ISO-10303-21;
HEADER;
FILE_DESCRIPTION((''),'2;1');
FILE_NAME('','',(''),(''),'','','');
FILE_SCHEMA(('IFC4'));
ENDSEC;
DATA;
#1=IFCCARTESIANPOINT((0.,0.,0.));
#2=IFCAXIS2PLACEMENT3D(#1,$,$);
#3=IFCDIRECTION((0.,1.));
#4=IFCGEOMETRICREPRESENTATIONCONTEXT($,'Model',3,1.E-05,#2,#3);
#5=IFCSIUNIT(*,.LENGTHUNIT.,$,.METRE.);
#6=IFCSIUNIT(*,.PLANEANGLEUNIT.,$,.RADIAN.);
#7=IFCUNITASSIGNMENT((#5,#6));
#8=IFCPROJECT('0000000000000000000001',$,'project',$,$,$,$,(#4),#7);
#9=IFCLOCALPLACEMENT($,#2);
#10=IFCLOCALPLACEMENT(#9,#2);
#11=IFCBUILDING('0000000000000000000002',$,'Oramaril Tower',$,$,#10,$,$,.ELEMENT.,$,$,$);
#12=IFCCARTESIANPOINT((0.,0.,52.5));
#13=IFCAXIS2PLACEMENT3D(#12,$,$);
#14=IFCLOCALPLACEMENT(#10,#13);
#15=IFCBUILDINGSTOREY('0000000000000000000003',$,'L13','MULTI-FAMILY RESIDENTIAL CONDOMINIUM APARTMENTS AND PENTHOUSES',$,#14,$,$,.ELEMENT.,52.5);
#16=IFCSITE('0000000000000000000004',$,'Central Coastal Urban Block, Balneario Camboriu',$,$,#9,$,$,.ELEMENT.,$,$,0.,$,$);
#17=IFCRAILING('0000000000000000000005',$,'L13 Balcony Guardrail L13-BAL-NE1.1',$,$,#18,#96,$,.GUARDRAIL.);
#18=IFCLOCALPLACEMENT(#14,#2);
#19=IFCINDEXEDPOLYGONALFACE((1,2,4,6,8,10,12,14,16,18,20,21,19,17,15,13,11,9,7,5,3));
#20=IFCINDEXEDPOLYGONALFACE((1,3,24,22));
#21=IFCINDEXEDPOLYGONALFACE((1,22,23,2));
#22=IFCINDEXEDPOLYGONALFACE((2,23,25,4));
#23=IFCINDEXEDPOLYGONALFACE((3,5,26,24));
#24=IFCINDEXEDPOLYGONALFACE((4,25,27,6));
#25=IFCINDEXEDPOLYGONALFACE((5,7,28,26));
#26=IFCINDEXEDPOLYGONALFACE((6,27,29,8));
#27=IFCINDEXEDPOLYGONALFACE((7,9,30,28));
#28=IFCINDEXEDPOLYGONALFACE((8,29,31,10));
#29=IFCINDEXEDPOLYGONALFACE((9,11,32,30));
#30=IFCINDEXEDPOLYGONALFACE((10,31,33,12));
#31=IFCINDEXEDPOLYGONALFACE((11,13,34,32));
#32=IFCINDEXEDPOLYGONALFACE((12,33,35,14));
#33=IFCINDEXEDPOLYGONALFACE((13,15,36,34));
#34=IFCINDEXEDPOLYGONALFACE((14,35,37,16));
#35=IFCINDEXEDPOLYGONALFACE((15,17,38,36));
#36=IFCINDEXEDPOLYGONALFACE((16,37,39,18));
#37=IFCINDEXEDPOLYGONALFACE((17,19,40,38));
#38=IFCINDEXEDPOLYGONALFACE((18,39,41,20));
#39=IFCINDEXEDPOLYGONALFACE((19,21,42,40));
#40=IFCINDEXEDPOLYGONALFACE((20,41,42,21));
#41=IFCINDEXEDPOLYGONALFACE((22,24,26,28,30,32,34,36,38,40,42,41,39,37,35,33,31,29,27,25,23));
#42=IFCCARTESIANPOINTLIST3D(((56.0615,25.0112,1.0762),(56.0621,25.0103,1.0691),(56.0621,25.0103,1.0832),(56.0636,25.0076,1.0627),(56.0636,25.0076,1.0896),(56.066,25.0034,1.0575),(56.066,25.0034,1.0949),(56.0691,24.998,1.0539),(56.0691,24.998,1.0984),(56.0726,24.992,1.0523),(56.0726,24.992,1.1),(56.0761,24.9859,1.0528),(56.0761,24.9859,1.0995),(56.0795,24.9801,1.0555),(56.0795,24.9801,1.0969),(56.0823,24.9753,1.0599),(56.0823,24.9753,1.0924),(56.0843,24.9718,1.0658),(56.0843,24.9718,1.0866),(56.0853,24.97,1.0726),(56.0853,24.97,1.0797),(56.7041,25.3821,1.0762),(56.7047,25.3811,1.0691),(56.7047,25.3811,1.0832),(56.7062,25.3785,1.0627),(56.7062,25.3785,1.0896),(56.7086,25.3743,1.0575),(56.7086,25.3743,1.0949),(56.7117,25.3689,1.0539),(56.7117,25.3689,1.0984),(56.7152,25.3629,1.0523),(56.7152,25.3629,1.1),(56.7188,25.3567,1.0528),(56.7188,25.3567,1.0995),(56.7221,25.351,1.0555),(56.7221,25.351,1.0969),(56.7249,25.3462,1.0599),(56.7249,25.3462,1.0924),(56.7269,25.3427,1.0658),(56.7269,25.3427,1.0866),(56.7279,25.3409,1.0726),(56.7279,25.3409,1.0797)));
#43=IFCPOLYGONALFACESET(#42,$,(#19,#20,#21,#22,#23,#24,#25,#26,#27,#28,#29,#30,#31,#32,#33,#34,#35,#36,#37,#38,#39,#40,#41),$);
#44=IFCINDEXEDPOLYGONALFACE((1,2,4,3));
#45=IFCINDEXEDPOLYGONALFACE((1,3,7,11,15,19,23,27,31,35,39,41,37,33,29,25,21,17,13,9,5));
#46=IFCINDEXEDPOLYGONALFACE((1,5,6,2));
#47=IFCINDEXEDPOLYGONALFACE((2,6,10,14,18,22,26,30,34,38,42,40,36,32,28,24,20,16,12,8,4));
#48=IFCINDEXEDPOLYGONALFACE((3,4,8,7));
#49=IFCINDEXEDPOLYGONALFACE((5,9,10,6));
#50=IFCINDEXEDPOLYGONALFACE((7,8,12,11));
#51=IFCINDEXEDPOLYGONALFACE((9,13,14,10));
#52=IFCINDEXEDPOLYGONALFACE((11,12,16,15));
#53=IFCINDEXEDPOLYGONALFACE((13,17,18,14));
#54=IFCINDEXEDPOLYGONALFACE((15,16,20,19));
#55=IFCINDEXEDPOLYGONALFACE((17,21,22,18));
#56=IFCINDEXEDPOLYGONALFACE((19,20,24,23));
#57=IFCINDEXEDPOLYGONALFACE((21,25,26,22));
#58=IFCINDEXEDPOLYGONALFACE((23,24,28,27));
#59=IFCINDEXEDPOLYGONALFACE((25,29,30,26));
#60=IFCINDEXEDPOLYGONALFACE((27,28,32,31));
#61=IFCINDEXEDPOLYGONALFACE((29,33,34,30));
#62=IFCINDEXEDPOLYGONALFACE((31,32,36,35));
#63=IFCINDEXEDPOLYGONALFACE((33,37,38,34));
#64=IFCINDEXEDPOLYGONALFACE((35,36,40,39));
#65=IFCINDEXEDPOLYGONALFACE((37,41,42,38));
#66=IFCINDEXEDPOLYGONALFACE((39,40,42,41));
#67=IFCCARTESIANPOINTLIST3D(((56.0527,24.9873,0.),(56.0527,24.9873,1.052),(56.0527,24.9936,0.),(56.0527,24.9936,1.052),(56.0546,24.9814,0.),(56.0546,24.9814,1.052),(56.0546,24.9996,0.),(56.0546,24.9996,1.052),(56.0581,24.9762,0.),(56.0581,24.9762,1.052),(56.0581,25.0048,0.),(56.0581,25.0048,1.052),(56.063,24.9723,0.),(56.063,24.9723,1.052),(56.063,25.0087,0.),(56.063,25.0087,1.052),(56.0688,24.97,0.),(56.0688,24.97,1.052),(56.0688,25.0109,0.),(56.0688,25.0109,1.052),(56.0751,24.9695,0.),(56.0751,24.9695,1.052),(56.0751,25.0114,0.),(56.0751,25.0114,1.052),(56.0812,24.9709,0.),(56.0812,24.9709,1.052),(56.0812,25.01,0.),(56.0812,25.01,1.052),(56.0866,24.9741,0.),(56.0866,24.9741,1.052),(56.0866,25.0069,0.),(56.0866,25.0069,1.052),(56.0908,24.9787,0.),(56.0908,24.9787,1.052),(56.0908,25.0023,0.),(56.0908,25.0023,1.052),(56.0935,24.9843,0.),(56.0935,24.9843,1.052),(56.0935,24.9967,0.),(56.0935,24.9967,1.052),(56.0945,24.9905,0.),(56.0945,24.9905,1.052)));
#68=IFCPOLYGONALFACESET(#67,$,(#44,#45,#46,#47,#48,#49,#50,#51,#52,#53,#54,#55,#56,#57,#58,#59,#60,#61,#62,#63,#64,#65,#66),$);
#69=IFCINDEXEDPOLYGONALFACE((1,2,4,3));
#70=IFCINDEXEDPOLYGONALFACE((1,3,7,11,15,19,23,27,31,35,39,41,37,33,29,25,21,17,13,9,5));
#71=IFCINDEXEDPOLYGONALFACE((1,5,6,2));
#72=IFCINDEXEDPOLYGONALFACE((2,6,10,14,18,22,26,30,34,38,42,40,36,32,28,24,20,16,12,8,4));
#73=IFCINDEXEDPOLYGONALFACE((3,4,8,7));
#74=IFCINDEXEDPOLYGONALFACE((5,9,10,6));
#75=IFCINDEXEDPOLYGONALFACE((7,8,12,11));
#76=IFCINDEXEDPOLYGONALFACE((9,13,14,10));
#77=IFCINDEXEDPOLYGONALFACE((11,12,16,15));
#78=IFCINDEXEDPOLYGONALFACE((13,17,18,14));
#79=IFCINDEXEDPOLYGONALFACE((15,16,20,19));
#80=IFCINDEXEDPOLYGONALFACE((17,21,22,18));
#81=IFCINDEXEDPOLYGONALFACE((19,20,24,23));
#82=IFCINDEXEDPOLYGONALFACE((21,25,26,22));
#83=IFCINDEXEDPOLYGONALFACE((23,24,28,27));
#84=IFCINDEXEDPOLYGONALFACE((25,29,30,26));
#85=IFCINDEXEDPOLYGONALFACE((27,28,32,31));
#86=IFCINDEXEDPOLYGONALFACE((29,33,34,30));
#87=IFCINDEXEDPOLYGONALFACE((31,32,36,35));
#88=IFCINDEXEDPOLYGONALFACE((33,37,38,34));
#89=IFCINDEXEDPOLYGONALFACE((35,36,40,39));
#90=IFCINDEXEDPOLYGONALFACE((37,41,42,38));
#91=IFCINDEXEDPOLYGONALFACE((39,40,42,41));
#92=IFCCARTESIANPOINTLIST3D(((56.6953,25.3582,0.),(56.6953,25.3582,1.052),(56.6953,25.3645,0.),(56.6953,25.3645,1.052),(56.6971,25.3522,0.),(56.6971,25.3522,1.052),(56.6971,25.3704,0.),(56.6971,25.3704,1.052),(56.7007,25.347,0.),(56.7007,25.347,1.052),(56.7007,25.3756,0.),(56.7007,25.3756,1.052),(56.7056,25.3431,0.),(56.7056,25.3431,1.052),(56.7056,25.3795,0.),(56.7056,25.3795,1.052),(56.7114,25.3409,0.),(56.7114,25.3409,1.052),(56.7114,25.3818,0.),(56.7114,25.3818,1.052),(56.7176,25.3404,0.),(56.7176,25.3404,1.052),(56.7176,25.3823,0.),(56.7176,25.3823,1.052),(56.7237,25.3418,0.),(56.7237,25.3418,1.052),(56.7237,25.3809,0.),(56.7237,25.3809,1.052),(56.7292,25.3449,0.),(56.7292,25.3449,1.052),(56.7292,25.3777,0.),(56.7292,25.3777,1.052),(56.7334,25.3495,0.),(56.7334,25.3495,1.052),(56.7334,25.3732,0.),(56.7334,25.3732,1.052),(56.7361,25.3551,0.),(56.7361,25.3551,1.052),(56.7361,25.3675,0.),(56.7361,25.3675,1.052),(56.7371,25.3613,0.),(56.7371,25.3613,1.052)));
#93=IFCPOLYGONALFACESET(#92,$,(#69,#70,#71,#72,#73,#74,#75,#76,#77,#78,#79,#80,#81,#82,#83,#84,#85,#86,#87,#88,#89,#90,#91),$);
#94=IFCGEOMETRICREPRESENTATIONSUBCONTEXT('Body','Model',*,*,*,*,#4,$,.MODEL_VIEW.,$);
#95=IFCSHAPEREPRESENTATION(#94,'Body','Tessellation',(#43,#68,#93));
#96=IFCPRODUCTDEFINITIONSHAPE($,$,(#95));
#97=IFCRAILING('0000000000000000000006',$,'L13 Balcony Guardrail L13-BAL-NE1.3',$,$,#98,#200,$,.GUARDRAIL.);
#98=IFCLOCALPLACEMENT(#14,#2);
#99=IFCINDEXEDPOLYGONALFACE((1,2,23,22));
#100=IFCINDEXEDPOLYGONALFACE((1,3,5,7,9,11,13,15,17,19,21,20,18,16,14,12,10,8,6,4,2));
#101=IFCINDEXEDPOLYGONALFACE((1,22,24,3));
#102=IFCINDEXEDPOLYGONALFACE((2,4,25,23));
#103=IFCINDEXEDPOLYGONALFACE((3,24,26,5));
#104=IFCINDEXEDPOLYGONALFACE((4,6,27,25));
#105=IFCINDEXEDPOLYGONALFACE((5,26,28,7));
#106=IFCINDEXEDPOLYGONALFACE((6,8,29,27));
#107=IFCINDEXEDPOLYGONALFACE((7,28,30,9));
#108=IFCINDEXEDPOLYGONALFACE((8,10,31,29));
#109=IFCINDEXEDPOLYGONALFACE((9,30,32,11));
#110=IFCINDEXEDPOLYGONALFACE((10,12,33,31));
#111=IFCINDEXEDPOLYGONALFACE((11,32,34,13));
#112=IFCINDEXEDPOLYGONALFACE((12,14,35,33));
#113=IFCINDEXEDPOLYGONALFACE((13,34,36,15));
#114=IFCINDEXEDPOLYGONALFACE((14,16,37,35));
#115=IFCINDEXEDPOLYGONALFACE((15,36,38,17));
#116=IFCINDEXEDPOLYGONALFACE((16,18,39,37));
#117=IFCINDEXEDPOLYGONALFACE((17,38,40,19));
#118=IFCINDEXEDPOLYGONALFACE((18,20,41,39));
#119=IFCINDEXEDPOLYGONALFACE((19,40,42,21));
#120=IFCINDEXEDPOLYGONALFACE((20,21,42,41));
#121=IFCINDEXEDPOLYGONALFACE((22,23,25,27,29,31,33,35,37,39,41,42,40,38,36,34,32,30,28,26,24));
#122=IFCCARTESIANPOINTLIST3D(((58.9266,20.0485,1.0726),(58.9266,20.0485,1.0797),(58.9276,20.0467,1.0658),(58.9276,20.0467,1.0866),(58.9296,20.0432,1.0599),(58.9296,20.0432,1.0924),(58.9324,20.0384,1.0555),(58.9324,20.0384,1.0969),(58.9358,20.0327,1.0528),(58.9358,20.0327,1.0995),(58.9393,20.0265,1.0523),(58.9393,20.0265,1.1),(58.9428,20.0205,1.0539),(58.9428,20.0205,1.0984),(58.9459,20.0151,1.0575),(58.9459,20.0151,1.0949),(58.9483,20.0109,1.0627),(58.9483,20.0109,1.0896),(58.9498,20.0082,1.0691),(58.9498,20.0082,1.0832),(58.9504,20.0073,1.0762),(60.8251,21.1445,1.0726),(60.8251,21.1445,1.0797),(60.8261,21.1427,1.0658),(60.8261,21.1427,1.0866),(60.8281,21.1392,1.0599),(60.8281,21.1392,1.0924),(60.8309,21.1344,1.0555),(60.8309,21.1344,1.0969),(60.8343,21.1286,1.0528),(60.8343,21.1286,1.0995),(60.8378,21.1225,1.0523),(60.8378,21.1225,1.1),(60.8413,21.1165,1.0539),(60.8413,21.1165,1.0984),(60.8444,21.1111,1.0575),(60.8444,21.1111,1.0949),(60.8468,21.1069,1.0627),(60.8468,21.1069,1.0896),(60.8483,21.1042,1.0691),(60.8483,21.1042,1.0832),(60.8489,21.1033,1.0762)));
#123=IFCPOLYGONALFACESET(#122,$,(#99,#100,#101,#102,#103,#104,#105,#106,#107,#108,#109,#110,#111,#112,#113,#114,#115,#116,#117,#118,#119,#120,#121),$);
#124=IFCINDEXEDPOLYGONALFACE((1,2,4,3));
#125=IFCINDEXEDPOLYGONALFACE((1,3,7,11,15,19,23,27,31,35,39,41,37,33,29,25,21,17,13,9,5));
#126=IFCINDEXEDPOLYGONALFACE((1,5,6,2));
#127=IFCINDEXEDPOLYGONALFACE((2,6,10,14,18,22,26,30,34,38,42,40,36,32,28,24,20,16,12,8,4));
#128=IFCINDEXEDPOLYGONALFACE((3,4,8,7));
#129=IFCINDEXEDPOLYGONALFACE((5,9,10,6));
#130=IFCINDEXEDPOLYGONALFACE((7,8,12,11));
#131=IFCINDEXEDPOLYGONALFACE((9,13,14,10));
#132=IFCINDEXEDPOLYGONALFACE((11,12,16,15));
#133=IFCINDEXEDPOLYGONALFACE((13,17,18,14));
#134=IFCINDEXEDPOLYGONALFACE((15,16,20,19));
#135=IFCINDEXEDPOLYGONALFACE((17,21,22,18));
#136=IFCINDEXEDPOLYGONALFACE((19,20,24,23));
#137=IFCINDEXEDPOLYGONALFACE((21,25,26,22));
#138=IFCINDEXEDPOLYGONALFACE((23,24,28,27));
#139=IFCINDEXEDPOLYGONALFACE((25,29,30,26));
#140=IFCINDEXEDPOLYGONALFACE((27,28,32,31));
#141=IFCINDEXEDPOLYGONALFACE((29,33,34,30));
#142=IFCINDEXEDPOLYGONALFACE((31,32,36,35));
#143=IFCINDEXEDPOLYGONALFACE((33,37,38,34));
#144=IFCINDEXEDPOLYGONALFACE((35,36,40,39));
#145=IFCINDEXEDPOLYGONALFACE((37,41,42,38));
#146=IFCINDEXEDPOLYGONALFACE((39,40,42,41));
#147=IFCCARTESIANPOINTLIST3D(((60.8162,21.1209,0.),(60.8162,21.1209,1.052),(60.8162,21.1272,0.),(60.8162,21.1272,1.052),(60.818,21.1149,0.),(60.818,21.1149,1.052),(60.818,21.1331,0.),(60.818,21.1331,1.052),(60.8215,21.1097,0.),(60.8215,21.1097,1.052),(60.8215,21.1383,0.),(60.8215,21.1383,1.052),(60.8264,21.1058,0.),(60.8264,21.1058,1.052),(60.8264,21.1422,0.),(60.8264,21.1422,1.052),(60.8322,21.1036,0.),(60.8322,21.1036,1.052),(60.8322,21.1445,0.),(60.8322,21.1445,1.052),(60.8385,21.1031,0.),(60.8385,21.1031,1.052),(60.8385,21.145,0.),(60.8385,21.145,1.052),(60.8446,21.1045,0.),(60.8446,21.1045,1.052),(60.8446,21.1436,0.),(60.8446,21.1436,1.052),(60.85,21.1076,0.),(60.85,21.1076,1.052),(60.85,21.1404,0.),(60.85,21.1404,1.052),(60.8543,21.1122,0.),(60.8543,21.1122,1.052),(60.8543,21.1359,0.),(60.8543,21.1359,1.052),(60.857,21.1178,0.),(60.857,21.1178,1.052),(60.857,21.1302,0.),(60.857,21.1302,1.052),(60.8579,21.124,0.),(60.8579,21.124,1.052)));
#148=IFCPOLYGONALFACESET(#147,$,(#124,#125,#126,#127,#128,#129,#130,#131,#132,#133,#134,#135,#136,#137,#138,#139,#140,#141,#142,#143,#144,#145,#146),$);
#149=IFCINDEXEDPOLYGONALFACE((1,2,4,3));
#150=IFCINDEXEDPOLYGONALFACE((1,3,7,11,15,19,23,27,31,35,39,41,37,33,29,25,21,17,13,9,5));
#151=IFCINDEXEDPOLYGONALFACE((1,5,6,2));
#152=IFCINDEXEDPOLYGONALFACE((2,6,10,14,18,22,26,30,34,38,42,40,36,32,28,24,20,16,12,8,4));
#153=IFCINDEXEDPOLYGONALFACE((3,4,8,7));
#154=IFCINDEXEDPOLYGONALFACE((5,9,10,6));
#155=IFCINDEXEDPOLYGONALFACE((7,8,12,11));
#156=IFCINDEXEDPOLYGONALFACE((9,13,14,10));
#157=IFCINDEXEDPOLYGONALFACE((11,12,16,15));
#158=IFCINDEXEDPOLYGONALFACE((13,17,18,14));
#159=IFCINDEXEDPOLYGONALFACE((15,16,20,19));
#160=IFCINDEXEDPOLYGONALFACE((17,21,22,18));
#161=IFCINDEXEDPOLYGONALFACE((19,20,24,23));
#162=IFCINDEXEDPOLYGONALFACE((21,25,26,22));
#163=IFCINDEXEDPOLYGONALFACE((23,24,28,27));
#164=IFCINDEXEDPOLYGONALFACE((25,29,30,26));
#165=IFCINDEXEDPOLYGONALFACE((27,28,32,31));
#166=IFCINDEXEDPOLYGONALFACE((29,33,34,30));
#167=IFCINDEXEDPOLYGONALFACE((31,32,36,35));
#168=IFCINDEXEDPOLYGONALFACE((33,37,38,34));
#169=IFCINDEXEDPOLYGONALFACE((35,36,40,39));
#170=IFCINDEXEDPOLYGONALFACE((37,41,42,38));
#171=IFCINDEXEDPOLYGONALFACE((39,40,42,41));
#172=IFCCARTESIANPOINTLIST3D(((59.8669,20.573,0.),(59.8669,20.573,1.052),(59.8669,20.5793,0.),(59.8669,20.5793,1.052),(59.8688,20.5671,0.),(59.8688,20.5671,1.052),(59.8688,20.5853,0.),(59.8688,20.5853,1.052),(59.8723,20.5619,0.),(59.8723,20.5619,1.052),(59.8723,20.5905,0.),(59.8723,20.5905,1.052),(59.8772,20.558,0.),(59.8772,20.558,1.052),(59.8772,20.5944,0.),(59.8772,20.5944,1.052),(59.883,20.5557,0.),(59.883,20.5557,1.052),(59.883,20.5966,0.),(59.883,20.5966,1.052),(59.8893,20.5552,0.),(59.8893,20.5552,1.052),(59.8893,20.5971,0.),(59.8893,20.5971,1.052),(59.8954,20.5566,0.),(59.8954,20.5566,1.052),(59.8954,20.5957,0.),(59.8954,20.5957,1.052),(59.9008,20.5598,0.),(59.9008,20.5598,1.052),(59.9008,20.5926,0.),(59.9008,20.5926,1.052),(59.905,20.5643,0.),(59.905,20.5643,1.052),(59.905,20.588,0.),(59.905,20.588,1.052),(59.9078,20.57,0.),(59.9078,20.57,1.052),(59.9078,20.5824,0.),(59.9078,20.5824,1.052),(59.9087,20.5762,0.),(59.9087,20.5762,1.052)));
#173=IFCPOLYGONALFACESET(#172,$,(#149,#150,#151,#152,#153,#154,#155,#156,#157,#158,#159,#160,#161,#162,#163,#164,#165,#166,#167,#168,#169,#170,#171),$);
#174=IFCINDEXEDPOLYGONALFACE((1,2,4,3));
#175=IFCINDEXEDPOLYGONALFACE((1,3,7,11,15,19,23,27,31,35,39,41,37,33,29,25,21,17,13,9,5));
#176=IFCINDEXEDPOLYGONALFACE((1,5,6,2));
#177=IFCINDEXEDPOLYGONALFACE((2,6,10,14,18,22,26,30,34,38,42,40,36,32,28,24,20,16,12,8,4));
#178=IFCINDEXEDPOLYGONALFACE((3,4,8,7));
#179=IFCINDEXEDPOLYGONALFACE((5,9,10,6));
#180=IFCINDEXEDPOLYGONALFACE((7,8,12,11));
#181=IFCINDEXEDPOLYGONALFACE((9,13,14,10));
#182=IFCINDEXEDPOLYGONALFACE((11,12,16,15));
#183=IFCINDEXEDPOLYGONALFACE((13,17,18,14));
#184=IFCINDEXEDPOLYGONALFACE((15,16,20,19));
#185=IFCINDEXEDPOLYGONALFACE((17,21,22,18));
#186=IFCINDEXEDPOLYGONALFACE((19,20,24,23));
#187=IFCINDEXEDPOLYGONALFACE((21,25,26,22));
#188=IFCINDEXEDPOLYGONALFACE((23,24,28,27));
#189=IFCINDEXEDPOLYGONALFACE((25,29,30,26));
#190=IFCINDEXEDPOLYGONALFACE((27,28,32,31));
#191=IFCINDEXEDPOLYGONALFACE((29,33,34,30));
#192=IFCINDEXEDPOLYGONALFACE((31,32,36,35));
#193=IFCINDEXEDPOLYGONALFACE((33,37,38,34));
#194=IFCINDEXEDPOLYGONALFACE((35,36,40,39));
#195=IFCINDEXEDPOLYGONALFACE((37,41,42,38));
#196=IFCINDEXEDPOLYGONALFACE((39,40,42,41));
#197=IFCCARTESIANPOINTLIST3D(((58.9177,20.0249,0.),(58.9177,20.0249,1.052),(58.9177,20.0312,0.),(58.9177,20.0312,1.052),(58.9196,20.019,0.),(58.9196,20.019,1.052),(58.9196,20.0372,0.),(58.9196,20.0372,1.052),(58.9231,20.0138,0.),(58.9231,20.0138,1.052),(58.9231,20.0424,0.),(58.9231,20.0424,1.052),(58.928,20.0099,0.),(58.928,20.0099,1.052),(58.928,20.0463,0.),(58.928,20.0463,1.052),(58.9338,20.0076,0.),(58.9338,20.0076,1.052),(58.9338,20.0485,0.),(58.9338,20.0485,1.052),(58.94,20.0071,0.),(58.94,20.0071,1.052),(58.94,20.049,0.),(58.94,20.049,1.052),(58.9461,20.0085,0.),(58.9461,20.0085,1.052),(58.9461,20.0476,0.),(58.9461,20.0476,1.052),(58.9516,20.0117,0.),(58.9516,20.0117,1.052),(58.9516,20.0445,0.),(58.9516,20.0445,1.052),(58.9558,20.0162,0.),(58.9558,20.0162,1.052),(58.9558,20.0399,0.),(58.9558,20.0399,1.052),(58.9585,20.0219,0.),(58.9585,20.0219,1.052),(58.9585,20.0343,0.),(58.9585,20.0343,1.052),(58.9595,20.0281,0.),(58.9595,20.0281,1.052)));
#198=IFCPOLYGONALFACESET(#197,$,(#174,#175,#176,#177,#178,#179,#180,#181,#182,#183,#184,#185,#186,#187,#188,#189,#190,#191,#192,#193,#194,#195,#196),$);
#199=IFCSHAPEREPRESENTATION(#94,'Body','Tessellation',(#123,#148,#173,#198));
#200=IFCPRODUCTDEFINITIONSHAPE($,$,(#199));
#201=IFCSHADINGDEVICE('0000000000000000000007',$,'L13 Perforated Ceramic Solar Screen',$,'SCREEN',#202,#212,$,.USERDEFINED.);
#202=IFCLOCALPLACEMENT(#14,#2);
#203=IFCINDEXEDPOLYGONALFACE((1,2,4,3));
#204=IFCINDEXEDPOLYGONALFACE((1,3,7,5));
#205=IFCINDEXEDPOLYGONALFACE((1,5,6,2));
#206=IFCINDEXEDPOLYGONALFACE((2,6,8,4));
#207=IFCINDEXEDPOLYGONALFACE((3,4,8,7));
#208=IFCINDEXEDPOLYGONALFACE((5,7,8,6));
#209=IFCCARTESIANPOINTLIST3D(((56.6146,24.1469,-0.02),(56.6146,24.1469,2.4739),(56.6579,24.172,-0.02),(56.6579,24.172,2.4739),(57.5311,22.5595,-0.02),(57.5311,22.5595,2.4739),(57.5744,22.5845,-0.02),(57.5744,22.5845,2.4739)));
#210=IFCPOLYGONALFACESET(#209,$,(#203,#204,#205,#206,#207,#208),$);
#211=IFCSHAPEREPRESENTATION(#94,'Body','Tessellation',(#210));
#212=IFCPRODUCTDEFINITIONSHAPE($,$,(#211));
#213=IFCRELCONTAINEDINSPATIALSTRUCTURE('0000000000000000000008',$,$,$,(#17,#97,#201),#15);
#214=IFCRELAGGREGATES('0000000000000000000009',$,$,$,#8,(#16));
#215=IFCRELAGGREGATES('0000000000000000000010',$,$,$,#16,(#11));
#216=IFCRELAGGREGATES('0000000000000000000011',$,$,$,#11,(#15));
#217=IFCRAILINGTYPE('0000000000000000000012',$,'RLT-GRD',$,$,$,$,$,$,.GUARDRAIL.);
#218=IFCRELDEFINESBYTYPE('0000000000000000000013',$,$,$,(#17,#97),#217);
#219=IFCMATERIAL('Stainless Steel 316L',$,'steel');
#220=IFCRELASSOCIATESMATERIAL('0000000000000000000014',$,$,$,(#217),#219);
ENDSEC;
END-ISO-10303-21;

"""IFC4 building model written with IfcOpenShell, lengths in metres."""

from ifc_helpers import new_model, si_unit, direction, frame, origin, origin_2d, place, context, subcontext, project, spatial, rectangle, circle, extrude, material, type_object, element, save


model = new_model("IFC4")

# Units and contexts
model_context = context("Model", 3, precision=1e-05, world=origin(), true_north=direction((0.0, 1.0)))
body_context = subcontext(model_context, "Body", "Model", "MODEL_VIEW")
ifc_project = project(units=[si_unit("LENGTHUNIT", "METRE"), si_unit("PLANEANGLEUNIT", "RADIAN")], contexts=[model_context])

# Site, building, storey
site_placement = place(None, origin())
site = spatial("IfcSite", under=ifc_project, at=site_placement, Name="Central Coastal Urban Block, Balneario Camboriu", CompositionType="ELEMENT", RefElevation=0.0)
building_placement = place(site_placement, origin())
building = spatial("IfcBuilding", under=site, at=building_placement, Name="Oramaril Tower", CompositionType="ELEMENT")
storey_placement = place(building_placement, frame((0.0, 0.0, 52.5)))
storey = spatial("IfcBuildingStorey", under=building, at=storey_placement, Name="L13", Description="MULTI-FAMILY RESIDENTIAL CONDOMINIUM APARTMENTS AND PENTHOUSES", CompositionType="ELEMENT", Elevation=52.5)

# Railings
ifc_material_1 = material(Name="Stainless Steel 316L", Category="steel")
railing_type = type_object("IfcRailingType", Name="RLT-GRD", PredefinedType="GUARDRAIL", material=ifc_material_1)
railing_1_placement = place(storey_placement, frame((56.0735, 24.9905, 0.0)))
element("IfcRailing", 1, at=railing_1_placement, inside=storey, type_object=railing_type, Name="L13 Balcony Guardrail L13-BAL-NE1.1", PredefinedType="GUARDRAIL", context=body_context, shape_type="SweptSolid", body=[
    extrude(circle(Radius=0.0239, at=origin_2d()), frame((0.0, 0.0, 1.0762), z_axis=(0.866109, 0.499855, 0.0), x_axis=(-0.499855, 0.866109, 0.0)), (0.0, 0.0, 1.0), 0.7419),
    extrude(circle(Radius=0.021, at=origin_2d()), origin(), (0.0, 0.0, 1.0), 1.052),
    extrude(circle(Radius=0.021, at=origin_2d()), frame((0.6426, 0.3708, 0.0)), (0.0, 0.0, 1.0), 1.052),
])
railing_2_placement = place(storey_placement, frame((60.8369, 21.124, 0.0)))
element("IfcRailing", 2, at=railing_2_placement, inside=storey, type_object=railing_type, Name="L13 Balcony Guardrail L13-BAL-NE1.3", PredefinedType="GUARDRAIL", context=body_context, shape_type="SweptSolid", body=[
    extrude(circle(Radius=0.0239, at=origin_2d()), frame((0.0, 0.0, 1.0762), z_axis=(-0.866048, -0.49996, 0.0), x_axis=(0.49996, -0.866048, 0.0)), (0.0, 0.0, 1.0), 2.1921),
    extrude(circle(Radius=0.021, at=origin_2d()), origin(), (0.0, 0.0, 1.0), 1.052),
    extrude(circle(Radius=0.021, at=origin_2d()), frame((-0.9492, -0.5479, 0.0)), (0.0, 0.0, 1.0), 1.052),
    extrude(circle(Radius=0.021, at=origin_2d()), frame((-1.8984, -1.0959, 0.0)), (0.0, 0.0, 1.0), 1.052),
])

# Shading device
for number, where, z_axis, x_axis, name in (
    (3, (57.0945, 23.3657, -0.02), (0.0, 0.0, 1.0), (-0.5, 0.866025, 0.0), "L13 Perforated Ceramic Solar Screen"),
):
    element("IfcShadingDevice", number, at=place(storey_placement, frame(where, z_axis=z_axis, x_axis=x_axis)), inside=storey, Name=name, ObjectType="SCREEN", PredefinedType="USERDEFINED", context=body_context, shape_type="SweptSolid", body=[
        extrude(rectangle(XDim=1.833, YDim=0.05, at=origin_2d()), origin(), (0.0, 0.0, 1.0), 2.4939),
    ])

save(model, "model.ifc")
